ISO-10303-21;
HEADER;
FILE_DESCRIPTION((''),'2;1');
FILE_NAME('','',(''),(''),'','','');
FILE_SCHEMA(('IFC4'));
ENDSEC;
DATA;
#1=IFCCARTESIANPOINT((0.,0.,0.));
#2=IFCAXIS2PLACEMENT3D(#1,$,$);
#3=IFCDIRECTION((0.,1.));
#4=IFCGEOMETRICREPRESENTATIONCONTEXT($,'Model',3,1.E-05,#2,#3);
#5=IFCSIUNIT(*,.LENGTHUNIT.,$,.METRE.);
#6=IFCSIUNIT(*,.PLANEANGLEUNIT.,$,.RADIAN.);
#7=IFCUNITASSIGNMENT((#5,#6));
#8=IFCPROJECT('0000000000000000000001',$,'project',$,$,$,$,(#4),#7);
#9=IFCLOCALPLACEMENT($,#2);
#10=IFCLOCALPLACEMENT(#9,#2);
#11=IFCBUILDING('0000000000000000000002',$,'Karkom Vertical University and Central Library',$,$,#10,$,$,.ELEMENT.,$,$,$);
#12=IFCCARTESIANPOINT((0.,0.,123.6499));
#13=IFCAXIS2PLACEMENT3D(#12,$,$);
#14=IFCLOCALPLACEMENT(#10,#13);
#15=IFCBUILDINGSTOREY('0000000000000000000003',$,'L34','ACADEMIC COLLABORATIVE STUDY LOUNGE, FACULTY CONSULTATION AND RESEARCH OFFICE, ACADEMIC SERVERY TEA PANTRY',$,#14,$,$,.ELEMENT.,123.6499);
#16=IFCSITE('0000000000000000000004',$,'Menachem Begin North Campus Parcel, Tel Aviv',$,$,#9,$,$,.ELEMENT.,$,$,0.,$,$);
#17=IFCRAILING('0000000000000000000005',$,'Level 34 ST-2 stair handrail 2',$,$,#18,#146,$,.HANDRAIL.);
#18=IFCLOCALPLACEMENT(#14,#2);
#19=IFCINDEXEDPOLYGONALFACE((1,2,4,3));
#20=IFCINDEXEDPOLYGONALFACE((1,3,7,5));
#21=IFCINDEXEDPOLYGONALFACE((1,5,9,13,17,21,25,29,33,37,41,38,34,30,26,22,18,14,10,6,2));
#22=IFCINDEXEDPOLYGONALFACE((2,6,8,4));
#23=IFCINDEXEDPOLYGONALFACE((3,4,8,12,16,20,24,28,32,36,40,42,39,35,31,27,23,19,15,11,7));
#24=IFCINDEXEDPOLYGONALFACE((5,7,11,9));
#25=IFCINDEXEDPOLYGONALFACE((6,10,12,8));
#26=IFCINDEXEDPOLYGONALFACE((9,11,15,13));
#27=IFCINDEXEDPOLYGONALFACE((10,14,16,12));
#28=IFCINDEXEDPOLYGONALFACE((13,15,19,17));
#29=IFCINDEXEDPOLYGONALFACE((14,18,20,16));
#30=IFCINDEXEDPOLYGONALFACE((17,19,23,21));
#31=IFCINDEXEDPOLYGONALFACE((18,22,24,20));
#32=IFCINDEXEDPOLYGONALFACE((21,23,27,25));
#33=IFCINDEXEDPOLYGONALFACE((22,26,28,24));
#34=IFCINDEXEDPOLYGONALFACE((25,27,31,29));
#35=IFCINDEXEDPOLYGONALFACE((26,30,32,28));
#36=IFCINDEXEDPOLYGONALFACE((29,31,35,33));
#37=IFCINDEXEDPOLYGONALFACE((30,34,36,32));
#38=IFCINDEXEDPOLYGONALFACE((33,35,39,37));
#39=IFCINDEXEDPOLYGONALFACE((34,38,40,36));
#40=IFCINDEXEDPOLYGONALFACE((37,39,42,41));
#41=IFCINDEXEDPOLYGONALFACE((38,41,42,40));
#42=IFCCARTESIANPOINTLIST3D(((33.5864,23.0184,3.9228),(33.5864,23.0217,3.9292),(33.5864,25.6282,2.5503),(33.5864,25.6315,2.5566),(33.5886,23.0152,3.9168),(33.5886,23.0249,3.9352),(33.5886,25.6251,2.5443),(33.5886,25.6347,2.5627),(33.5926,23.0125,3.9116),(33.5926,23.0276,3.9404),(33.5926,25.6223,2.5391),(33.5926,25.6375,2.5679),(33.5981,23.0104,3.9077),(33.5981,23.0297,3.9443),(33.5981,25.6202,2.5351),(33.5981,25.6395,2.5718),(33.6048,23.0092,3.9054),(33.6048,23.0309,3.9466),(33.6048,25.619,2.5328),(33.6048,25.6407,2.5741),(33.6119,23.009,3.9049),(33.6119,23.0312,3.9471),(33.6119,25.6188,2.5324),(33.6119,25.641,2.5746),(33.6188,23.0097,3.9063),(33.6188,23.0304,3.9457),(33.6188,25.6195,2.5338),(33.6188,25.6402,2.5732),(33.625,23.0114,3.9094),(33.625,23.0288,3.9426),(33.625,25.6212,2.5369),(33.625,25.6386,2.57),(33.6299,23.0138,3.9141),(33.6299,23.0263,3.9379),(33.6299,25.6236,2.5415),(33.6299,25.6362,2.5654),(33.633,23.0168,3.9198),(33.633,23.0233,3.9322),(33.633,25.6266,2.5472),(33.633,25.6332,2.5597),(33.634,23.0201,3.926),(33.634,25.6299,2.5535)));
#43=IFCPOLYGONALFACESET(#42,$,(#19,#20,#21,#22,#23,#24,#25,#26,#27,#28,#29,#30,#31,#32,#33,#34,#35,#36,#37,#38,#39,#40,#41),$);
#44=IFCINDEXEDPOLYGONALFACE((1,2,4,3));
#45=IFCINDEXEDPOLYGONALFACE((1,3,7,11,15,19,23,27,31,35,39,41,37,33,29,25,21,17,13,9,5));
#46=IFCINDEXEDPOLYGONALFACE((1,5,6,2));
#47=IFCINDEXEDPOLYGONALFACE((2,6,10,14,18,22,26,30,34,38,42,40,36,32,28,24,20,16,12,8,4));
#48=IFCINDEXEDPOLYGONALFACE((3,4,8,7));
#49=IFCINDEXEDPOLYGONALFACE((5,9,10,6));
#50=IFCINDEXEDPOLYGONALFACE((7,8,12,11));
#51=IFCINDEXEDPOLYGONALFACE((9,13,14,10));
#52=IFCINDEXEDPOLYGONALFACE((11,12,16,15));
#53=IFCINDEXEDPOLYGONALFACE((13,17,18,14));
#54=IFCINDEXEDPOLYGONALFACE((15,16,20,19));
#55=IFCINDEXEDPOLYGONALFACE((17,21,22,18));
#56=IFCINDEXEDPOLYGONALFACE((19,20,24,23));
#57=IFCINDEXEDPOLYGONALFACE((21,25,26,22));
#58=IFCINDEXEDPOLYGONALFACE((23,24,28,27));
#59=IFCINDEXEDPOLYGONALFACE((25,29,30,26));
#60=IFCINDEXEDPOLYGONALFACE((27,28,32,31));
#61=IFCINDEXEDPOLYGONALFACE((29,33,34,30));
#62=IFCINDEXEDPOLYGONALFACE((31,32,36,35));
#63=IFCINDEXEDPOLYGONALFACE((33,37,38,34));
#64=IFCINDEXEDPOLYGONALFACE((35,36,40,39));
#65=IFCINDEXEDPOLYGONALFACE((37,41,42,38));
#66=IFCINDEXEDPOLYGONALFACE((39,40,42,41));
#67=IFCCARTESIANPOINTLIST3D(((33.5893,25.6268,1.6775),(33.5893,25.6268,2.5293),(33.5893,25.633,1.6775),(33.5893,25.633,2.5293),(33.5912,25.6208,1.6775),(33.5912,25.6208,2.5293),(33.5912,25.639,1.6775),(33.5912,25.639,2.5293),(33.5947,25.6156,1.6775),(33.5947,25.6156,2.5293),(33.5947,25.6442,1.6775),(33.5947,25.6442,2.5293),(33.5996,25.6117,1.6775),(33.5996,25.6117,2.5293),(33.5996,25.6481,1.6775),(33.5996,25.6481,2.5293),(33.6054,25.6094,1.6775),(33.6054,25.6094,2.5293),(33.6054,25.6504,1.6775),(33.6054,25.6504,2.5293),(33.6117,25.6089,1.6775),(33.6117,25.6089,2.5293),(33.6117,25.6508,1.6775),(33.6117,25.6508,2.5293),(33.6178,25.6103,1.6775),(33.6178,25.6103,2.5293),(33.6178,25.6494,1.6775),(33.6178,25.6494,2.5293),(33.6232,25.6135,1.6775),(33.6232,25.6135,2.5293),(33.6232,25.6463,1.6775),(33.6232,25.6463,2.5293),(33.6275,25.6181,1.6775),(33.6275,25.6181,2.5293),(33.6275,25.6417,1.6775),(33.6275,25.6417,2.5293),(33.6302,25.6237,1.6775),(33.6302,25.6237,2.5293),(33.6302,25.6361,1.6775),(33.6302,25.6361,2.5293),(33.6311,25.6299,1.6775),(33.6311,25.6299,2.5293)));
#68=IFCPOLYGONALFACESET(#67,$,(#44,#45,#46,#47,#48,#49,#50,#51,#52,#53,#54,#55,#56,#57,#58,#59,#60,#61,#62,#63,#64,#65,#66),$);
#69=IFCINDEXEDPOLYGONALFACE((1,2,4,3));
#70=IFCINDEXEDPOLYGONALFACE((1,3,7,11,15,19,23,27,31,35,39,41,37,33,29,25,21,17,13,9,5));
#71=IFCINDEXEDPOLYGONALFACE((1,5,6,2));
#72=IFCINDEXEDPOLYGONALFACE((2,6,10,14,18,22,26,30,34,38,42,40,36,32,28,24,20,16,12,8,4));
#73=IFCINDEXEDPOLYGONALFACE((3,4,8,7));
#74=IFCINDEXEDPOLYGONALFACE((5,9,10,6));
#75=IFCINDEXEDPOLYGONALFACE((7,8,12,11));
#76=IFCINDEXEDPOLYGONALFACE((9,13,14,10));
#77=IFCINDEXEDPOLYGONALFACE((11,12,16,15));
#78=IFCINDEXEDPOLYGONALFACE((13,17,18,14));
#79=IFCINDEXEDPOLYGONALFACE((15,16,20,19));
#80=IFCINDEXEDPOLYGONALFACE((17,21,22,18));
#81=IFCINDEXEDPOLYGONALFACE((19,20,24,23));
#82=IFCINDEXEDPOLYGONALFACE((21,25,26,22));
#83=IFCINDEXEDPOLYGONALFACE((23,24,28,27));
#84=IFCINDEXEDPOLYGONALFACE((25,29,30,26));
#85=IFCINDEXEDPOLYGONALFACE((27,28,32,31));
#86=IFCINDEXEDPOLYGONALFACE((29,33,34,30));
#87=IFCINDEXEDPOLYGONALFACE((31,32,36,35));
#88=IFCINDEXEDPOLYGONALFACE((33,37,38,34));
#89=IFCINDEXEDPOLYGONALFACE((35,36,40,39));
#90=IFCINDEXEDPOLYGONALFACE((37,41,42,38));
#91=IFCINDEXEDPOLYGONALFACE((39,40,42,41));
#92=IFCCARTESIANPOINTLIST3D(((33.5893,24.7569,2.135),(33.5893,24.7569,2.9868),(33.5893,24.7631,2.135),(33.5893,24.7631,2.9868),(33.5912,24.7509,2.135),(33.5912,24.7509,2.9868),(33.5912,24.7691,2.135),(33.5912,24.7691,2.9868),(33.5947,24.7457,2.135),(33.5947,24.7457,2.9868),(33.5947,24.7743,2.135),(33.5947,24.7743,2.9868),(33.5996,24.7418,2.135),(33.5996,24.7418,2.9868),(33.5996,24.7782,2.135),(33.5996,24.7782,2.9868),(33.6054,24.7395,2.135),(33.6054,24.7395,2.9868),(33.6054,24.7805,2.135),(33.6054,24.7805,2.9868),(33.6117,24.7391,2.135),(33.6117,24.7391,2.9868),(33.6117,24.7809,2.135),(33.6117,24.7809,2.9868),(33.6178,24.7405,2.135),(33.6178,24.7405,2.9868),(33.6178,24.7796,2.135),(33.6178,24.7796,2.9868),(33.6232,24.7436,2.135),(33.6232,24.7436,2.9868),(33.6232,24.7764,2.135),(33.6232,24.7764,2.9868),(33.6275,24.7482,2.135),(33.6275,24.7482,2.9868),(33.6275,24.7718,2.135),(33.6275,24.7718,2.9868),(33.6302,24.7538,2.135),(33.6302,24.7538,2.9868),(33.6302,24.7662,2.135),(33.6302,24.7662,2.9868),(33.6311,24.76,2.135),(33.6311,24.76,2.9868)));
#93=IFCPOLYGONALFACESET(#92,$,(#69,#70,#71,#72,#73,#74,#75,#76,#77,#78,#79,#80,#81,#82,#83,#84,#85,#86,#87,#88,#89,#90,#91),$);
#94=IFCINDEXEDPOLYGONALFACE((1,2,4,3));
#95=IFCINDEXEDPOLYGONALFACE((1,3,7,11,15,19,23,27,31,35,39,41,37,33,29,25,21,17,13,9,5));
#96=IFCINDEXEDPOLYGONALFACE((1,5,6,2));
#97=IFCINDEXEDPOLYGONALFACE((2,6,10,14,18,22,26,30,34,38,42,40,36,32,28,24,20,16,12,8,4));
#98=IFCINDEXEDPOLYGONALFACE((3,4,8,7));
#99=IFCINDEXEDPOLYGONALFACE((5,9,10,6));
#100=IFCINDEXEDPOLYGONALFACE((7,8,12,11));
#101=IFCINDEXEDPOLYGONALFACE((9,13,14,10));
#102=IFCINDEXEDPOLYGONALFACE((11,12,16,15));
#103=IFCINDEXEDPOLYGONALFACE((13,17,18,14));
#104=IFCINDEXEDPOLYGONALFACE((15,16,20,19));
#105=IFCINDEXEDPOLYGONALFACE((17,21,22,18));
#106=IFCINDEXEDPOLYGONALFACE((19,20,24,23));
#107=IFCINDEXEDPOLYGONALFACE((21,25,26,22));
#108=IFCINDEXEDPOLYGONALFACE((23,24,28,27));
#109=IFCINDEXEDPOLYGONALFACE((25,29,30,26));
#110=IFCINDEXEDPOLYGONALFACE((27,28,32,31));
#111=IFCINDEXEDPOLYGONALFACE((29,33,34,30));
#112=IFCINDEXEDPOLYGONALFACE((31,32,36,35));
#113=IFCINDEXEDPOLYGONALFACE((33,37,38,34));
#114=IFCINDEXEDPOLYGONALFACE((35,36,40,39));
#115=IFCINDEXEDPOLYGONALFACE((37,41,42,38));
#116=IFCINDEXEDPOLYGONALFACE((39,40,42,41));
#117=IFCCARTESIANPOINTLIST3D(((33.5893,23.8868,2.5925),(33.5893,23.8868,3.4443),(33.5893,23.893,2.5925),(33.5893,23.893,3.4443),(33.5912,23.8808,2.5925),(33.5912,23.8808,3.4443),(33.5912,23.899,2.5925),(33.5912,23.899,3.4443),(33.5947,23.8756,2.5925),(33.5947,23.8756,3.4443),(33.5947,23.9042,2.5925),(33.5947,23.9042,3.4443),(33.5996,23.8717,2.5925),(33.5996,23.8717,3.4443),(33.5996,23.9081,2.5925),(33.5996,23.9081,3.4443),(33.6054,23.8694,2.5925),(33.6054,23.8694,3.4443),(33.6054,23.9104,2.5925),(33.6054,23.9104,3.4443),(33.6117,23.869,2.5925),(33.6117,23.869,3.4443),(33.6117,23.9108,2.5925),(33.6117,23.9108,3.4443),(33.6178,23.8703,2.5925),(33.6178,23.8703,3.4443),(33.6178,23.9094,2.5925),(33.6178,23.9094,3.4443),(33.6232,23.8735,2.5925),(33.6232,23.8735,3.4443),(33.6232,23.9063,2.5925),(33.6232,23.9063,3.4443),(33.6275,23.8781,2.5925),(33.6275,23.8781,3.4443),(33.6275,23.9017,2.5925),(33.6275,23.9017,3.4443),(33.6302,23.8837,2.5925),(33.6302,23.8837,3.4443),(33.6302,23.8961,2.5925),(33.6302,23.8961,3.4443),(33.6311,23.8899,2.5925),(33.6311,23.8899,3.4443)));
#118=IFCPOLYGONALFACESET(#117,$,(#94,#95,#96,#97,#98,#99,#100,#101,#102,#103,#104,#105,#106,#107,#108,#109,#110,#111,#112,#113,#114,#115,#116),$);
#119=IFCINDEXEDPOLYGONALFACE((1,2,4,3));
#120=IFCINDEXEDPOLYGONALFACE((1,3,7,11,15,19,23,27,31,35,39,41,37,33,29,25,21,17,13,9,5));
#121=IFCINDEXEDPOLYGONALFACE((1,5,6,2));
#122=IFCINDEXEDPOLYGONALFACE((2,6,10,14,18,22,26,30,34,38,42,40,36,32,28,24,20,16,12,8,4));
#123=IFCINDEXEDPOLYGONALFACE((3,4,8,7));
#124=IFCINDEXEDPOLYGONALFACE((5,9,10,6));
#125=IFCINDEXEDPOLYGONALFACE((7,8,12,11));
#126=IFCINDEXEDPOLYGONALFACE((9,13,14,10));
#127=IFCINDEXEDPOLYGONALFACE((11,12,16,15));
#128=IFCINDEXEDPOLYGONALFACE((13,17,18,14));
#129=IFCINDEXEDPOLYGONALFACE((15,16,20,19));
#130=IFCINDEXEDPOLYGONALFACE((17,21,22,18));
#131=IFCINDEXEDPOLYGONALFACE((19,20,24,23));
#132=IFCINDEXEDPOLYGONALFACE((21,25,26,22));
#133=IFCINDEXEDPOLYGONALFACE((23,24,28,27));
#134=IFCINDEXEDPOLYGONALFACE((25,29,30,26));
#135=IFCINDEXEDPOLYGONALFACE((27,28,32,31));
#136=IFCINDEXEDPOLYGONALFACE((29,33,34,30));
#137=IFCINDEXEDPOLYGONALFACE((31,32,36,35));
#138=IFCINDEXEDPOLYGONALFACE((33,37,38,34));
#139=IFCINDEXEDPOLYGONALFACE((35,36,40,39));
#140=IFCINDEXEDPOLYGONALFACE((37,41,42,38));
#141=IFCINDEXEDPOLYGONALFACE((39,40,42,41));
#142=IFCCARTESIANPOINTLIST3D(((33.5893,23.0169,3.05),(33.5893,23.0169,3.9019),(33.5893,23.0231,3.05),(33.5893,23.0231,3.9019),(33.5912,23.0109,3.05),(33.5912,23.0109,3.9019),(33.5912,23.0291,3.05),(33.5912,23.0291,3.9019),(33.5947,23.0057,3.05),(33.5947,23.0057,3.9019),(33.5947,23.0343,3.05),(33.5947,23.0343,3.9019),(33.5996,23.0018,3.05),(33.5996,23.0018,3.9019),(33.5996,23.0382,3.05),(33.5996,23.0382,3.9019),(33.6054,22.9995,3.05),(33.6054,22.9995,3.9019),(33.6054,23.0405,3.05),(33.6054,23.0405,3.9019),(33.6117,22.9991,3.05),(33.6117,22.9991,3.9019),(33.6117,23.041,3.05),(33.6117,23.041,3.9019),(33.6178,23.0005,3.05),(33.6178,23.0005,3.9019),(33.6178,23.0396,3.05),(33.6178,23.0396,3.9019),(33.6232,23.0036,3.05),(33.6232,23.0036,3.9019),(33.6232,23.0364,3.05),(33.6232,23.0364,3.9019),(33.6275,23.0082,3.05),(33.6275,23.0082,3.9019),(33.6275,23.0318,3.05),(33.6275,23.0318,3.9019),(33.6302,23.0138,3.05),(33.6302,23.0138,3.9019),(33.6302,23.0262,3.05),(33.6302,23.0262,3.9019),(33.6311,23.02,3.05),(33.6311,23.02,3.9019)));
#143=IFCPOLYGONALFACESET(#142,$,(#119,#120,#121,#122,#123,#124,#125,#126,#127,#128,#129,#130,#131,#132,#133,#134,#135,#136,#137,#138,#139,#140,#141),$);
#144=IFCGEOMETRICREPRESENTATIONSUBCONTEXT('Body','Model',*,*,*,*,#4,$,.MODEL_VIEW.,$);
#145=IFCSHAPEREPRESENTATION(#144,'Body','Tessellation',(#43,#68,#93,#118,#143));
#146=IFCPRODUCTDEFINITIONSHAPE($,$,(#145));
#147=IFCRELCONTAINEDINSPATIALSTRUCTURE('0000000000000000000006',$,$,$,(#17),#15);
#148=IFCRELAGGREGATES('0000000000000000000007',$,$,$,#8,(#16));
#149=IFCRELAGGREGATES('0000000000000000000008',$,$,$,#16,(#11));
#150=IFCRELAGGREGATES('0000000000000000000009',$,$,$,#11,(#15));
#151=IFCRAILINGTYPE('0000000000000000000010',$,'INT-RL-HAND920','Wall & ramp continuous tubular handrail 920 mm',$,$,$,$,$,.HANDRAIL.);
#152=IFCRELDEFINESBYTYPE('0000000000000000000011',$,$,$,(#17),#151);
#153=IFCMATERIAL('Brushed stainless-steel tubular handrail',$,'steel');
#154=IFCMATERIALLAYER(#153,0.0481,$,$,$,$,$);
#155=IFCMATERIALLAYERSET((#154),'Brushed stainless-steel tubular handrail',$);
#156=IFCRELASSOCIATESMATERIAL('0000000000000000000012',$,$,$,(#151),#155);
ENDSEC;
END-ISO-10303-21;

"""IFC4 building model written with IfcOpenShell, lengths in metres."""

from ifc_helpers import new_model, si_unit, direction, frame, origin, origin_2d, place, context, subcontext, project, spatial, circle, extrude, material, layer, layer_set, type_object, element, save


model = new_model("IFC4")

# Units and contexts
model_context = context("Model", 3, precision=1e-05, world=origin(), true_north=direction((0.0, 1.0)))
body_context = subcontext(model_context, "Body", "Model", "MODEL_VIEW")
ifc_project = project(units=[si_unit("LENGTHUNIT", "METRE"), si_unit("PLANEANGLEUNIT", "RADIAN")], contexts=[model_context])

# Site, building, storey
site_placement = place(None, origin())
site = spatial("IfcSite", under=ifc_project, at=site_placement, Name="Menachem Begin North Campus Parcel, Tel Aviv", CompositionType="ELEMENT", RefElevation=0.0)
building_placement = place(site_placement, origin())
building = spatial("IfcBuilding", under=site, at=building_placement, Name="Karkom Vertical University and Central Library", CompositionType="ELEMENT")
storey_placement = place(building_placement, frame((0.0, 0.0, 123.6499)))
storey = spatial("IfcBuildingStorey", under=building, at=storey_placement, Name="L34", Description="ACADEMIC COLLABORATIVE STUDY LOUNGE, FACULTY CONSULTATION AND RESEARCH OFFICE, ACADEMIC SERVERY TEA PANTRY", CompositionType="ELEMENT", Elevation=123.6499)

# Railing
ifc_material_1 = material(Name="Brushed stainless-steel tubular handrail", Category="steel")
ifc_layer_1 = layer(ifc_material_1, 0.0481)
ifc_layer_set_1 = layer_set([ifc_layer_1], Name="Brushed stainless-steel tubular handrail")
railing_type_1 = type_object("IfcRailingType", Name="INT-RL-HAND920", Description="Wall & ramp continuous tubular handrail 920 mm", PredefinedType="HANDRAIL", material=ifc_layer_set_1)
railing_1_placement = place(storey_placement, frame((33.6101, 25.6299, 1.6775)))
element("IfcRailing", 1, at=railing_1_placement, inside=storey, type_object=railing_type_1, Name="Level 34 ST-2 stair handrail 2", PredefinedType="HANDRAIL", context=body_context, shape_type="SweptSolid", body=[
    extrude(circle(Radius=0.0239, at=origin_2d()), frame((0.0, 0.0, 0.876), z_axis=(0.0, -0.885065, 0.465467), x_axis=(1.0, 0.0, 0.0)), (0.0, 0.0, 1.0), 2.9487),
    extrude(circle(Radius=0.021, at=origin_2d()), origin(), (0.0, 0.0, 1.0), 0.8518),
    extrude(circle(Radius=0.021, at=origin_2d()), frame((0.0, -0.8699, 0.4575)), (0.0, 0.0, 1.0), 0.8518),
    extrude(circle(Radius=0.021, at=origin_2d()), frame((0.0, -1.74, 0.915)), (0.0, 0.0, 1.0), 0.8518),
    extrude(circle(Radius=0.021, at=origin_2d()), frame((0.0, -2.6099, 1.3726)), (0.0, 0.0, 1.0), 0.8518),
])

save(model, "model.ifc")
